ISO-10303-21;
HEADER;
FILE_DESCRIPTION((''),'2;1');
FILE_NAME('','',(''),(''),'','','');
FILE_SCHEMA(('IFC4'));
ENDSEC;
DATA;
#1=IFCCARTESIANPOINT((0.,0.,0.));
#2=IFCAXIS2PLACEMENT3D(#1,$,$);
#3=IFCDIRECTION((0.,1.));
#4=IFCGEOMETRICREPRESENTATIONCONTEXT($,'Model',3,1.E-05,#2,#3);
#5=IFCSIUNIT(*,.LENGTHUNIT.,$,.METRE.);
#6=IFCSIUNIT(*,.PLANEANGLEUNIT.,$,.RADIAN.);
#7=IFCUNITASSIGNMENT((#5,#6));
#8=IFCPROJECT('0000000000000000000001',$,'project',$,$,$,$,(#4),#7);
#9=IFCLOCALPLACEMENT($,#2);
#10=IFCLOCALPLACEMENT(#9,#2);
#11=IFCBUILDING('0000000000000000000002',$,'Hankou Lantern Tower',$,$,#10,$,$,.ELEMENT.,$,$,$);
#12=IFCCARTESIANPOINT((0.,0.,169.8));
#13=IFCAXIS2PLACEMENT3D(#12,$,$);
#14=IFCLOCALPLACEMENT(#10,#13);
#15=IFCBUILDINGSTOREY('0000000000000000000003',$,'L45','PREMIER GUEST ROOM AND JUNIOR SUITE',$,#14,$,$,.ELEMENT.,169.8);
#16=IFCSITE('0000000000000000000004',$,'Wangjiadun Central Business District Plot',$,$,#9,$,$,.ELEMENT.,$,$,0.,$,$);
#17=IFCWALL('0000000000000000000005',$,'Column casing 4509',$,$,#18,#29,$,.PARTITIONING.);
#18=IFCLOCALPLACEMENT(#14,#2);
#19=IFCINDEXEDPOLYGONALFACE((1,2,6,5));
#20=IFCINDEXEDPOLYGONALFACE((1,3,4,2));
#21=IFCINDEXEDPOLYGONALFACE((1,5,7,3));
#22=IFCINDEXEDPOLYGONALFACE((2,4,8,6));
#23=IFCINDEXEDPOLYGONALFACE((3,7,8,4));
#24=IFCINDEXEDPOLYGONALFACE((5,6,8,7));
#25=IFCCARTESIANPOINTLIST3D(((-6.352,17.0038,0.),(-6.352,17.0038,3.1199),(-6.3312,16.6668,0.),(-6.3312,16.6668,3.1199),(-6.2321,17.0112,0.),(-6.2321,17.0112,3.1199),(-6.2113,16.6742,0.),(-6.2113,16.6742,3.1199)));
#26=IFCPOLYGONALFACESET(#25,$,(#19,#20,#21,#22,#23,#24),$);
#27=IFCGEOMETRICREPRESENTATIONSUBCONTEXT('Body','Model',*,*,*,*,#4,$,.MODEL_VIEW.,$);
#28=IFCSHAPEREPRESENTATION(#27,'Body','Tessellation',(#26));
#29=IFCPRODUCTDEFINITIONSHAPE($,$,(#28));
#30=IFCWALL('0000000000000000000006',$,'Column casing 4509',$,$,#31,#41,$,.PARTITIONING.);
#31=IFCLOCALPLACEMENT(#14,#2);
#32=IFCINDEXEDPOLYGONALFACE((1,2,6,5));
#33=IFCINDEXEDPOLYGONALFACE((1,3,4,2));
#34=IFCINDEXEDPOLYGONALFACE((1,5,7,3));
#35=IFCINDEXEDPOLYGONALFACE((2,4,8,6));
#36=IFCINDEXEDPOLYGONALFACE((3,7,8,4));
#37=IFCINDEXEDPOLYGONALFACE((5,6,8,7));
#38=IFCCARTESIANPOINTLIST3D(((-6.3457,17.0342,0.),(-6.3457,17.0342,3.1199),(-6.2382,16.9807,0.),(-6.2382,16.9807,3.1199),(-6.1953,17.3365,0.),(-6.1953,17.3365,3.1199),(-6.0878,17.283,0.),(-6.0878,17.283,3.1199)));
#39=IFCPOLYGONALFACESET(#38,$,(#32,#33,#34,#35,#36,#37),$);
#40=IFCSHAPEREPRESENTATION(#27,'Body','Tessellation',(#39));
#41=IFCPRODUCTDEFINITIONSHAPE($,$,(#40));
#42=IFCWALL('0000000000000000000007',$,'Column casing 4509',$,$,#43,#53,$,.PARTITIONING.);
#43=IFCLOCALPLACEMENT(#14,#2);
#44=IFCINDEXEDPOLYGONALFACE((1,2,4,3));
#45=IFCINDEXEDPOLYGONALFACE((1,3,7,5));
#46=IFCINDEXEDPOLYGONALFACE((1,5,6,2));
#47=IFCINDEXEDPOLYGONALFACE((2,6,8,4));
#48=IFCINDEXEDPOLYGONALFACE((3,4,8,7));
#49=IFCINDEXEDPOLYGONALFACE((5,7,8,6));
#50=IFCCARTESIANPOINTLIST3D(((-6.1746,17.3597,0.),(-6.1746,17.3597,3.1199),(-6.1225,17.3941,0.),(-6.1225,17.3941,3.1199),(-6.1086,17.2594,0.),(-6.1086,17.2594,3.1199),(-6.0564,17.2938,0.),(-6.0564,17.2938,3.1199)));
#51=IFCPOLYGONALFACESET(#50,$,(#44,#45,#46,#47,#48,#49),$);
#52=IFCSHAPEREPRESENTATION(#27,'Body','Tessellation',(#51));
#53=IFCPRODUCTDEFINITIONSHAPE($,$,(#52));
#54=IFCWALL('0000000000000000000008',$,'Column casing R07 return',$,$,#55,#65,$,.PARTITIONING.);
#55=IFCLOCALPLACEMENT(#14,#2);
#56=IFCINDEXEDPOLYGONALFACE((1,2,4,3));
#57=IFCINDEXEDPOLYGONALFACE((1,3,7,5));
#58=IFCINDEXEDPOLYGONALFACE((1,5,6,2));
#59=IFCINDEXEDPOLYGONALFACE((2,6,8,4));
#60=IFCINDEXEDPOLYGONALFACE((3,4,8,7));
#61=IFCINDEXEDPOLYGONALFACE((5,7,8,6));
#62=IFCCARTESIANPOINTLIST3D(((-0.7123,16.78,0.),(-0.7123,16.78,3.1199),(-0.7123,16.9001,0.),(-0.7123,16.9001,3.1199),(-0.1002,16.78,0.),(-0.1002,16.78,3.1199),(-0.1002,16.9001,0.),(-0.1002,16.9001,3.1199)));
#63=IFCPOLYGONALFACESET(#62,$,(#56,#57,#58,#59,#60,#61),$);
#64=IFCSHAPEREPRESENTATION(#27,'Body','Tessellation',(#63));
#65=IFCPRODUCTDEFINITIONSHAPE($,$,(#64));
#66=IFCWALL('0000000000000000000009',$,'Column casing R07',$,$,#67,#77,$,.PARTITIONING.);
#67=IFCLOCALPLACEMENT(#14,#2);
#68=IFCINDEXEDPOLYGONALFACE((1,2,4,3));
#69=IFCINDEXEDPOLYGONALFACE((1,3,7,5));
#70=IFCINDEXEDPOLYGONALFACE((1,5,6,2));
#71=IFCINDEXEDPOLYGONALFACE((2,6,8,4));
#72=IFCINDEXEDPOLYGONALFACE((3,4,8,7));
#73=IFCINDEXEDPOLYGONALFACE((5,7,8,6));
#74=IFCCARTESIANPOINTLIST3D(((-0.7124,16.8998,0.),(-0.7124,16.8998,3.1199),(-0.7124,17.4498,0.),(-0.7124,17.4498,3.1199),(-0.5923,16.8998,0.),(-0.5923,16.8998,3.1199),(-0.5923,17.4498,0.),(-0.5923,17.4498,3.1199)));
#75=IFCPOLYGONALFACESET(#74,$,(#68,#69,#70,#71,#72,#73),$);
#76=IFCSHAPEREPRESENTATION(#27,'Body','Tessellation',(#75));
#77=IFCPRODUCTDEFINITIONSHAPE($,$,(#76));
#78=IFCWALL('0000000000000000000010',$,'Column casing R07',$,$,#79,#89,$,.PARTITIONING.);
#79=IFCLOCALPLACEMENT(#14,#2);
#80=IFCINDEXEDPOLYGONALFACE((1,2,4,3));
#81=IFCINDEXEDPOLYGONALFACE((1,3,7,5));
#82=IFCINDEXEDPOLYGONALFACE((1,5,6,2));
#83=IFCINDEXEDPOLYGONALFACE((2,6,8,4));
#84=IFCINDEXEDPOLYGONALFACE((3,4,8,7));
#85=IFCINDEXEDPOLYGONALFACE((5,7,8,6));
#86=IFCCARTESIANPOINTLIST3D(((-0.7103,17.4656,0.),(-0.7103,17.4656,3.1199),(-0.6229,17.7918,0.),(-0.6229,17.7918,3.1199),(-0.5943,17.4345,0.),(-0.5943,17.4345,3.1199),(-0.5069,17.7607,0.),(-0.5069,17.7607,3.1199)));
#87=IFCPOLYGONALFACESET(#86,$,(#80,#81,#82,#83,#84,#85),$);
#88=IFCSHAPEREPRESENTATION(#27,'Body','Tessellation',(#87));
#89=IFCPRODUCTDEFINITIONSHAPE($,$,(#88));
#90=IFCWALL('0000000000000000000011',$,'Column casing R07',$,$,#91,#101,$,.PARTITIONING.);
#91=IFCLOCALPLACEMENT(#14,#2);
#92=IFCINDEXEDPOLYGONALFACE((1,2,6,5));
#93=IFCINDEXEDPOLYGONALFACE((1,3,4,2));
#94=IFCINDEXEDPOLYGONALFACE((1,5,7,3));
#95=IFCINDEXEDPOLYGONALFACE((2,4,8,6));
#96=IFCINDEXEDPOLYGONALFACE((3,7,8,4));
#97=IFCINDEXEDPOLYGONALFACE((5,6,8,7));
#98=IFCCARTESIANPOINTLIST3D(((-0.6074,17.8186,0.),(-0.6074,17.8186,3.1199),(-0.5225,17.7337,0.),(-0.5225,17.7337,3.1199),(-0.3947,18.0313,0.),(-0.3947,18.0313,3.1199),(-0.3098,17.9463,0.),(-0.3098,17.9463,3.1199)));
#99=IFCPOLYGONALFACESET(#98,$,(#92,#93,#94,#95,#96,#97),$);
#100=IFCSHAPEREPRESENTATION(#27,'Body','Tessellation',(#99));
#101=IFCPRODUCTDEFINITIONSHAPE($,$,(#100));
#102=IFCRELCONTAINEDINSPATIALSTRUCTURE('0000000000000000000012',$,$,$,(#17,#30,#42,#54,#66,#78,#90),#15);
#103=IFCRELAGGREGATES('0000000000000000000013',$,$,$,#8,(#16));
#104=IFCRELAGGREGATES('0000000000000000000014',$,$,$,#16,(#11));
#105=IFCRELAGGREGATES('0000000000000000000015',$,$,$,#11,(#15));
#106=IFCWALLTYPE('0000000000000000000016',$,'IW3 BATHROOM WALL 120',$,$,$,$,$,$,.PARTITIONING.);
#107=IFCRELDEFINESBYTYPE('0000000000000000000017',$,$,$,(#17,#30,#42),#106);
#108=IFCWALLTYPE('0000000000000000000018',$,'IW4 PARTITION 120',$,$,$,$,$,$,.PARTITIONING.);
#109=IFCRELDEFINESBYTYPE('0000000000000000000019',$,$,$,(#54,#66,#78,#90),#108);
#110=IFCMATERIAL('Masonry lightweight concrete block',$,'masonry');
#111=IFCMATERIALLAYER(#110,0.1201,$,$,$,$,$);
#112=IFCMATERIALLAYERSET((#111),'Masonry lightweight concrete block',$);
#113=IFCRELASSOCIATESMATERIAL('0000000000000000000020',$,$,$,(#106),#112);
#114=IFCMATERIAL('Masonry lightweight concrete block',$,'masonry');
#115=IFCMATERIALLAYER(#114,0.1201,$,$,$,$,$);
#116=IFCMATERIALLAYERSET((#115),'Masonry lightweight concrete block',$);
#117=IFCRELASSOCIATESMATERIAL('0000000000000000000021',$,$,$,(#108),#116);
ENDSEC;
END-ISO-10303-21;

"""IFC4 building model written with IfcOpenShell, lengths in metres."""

from ifc_helpers import new_model, si_unit, direction, frame, frame_2d, origin, place, context, subcontext, project, spatial, rectangle, extrude, material, layer, layer_set, type_object, element, save


model = new_model("IFC4")

# Units and contexts
model_context = context("Model", 3, precision=1e-05, world=origin(), true_north=direction((0.0, 1.0)))
body_context = subcontext(model_context, "Body", "Model", "MODEL_VIEW")
ifc_project = project(units=[si_unit("LENGTHUNIT", "METRE"), si_unit("PLANEANGLEUNIT", "RADIAN")], contexts=[model_context])

# Site, building, storey
site_placement = place(None, origin())
site = spatial("IfcSite", under=ifc_project, at=site_placement, Name="Wangjiadun Central Business District Plot", CompositionType="ELEMENT", RefElevation=0.0)
building_placement = place(site_placement, origin())
building = spatial("IfcBuilding", under=site, at=building_placement, Name="Hankou Lantern Tower", CompositionType="ELEMENT")
storey_placement = place(building_placement, frame((0.0, 0.0, 169.8)))
storey = spatial("IfcBuildingStorey", under=building, at=storey_placement, Name="L45", Description="PREMIER GUEST ROOM AND JUNIOR SUITE", CompositionType="ELEMENT", Elevation=169.8)

# Shared definitions
ifc_material_1 = material(Name="Masonry lightweight concrete block", Category="masonry")
ifc_layer_1 = layer(ifc_material_1, 0.1201)
ifc_layer_set_1 = layer_set([ifc_layer_1], Name="Masonry lightweight concrete block")
wall_type_1 = type_object("IfcWallType", Name="IW3 BATHROOM WALL 120", PredefinedType="PARTITIONING", material=ifc_layer_set_1)

# Walls
for number, where, z_axis, x_axis, name in (
    (1, (-6.2712, 16.6704, 0.0), (0.0, 0.0, 1.0), (-0.061478, 0.998108, 0.0), "Column casing 4509"),
    (2, (-6.292, 17.0073, 0.0), (0.0, 0.0, 1.0), (0.445477, 0.895293, 0.0), "Column casing 4509"),
):
    element("IfcWall", number, at=place(storey_placement, frame(where, z_axis=z_axis, x_axis=x_axis)), inside=storey, type_object=wall_type_1, Name=name, PredefinedType="PARTITIONING", context=body_context, shape_type="SweptSolid", body=[
        extrude(rectangle(XDim=0.3376, YDim=0.1201, at=frame_2d((0.1689, 0.0))), origin(), (0.0, 0.0, 1.0), 3.1199),
    ])
wall_1_placement = place(storey_placement, frame((-6.1416, 17.3096, 0.0), z_axis=(0.0, 0.0, 1.0), x_axis=(0.83504, 0.55019, 0.0)))
element("IfcWall", 3, at=wall_1_placement, inside=storey, type_object=wall_type_1, Name="Column casing 4509", PredefinedType="PARTITIONING", context=body_context, shape_type="SweptSolid", body=[
    extrude(rectangle(XDim=0.0625, YDim=0.1201, at=frame_2d((0.0312, 0.0))), origin(), (0.0, 0.0, 1.0), 3.1199),
])
ifc_material_2 = material(Name="Masonry lightweight concrete block", Category="masonry")
ifc_layer_2 = layer(ifc_material_2, 0.1201)
ifc_layer_set_2 = layer_set([ifc_layer_2], Name="Masonry lightweight concrete block")
wall_type_2 = type_object("IfcWallType", Name="IW4 PARTITION 120", PredefinedType="PARTITIONING", material=ifc_layer_set_2)
wall_2_placement = place(storey_placement, frame((-0.1001, 16.8401, 0.0), z_axis=(0.0, 0.0, 1.0), x_axis=(-1.0, 0.0, 0.0)))
element("IfcWall", 4, at=wall_2_placement, inside=storey, type_object=wall_type_2, Name="Column casing R07 return", PredefinedType="PARTITIONING", context=body_context, shape_type="SweptSolid", body=[
    extrude(rectangle(XDim=0.6121, YDim=0.1201, at=frame_2d((0.3062, 0.0))), origin(), (0.0, 0.0, 1.0), 3.1199),
])
wall_3_placement = place(storey_placement, frame((-0.6523, 16.8999, 0.0), z_axis=(0.0, 0.0, 1.0), x_axis=(0.0, 1.0, 0.0)))
element("IfcWall", 5, at=wall_3_placement, inside=storey, type_object=wall_type_2, Name="Column casing R07", PredefinedType="PARTITIONING", context=body_context, shape_type="SweptSolid", body=[
    extrude(rectangle(XDim=0.55, YDim=0.1201, at=frame_2d((0.2749, 0.0))), origin(), (0.0, 0.0, 1.0), 3.1199),
])
wall_4_placement = place(storey_placement, frame((-0.6523, 17.45, 0.0), z_axis=(0.0, 0.0, 1.0), x_axis=(0.258832, 0.965922, 0.0)))
element("IfcWall", 6, at=wall_4_placement, inside=storey, type_object=wall_type_2, Name="Column casing R07", PredefinedType="PARTITIONING", context=body_context, shape_type="SweptSolid", body=[
    extrude(rectangle(XDim=0.3376, YDim=0.1201, at=frame_2d((0.1689, 0.0))), origin(), (0.0, 0.0, 1.0), 3.1199),
])
wall_5_placement = place(storey_placement, frame((-0.5649, 17.7761, 0.0), z_axis=(0.0, 0.0, 1.0), x_axis=(0.707107, 0.707107, 0.0)))
element("IfcWall", 7, at=wall_5_placement, inside=storey, type_object=wall_type_2, Name="Column casing R07", PredefinedType="PARTITIONING", context=body_context, shape_type="SweptSolid", body=[
    extrude(rectangle(XDim=0.3008, YDim=0.1201, at=frame_2d((0.1504, 0.0))), origin(), (0.0, 0.0, 1.0), 3.1199),
])

save(model, "model.ifc")
